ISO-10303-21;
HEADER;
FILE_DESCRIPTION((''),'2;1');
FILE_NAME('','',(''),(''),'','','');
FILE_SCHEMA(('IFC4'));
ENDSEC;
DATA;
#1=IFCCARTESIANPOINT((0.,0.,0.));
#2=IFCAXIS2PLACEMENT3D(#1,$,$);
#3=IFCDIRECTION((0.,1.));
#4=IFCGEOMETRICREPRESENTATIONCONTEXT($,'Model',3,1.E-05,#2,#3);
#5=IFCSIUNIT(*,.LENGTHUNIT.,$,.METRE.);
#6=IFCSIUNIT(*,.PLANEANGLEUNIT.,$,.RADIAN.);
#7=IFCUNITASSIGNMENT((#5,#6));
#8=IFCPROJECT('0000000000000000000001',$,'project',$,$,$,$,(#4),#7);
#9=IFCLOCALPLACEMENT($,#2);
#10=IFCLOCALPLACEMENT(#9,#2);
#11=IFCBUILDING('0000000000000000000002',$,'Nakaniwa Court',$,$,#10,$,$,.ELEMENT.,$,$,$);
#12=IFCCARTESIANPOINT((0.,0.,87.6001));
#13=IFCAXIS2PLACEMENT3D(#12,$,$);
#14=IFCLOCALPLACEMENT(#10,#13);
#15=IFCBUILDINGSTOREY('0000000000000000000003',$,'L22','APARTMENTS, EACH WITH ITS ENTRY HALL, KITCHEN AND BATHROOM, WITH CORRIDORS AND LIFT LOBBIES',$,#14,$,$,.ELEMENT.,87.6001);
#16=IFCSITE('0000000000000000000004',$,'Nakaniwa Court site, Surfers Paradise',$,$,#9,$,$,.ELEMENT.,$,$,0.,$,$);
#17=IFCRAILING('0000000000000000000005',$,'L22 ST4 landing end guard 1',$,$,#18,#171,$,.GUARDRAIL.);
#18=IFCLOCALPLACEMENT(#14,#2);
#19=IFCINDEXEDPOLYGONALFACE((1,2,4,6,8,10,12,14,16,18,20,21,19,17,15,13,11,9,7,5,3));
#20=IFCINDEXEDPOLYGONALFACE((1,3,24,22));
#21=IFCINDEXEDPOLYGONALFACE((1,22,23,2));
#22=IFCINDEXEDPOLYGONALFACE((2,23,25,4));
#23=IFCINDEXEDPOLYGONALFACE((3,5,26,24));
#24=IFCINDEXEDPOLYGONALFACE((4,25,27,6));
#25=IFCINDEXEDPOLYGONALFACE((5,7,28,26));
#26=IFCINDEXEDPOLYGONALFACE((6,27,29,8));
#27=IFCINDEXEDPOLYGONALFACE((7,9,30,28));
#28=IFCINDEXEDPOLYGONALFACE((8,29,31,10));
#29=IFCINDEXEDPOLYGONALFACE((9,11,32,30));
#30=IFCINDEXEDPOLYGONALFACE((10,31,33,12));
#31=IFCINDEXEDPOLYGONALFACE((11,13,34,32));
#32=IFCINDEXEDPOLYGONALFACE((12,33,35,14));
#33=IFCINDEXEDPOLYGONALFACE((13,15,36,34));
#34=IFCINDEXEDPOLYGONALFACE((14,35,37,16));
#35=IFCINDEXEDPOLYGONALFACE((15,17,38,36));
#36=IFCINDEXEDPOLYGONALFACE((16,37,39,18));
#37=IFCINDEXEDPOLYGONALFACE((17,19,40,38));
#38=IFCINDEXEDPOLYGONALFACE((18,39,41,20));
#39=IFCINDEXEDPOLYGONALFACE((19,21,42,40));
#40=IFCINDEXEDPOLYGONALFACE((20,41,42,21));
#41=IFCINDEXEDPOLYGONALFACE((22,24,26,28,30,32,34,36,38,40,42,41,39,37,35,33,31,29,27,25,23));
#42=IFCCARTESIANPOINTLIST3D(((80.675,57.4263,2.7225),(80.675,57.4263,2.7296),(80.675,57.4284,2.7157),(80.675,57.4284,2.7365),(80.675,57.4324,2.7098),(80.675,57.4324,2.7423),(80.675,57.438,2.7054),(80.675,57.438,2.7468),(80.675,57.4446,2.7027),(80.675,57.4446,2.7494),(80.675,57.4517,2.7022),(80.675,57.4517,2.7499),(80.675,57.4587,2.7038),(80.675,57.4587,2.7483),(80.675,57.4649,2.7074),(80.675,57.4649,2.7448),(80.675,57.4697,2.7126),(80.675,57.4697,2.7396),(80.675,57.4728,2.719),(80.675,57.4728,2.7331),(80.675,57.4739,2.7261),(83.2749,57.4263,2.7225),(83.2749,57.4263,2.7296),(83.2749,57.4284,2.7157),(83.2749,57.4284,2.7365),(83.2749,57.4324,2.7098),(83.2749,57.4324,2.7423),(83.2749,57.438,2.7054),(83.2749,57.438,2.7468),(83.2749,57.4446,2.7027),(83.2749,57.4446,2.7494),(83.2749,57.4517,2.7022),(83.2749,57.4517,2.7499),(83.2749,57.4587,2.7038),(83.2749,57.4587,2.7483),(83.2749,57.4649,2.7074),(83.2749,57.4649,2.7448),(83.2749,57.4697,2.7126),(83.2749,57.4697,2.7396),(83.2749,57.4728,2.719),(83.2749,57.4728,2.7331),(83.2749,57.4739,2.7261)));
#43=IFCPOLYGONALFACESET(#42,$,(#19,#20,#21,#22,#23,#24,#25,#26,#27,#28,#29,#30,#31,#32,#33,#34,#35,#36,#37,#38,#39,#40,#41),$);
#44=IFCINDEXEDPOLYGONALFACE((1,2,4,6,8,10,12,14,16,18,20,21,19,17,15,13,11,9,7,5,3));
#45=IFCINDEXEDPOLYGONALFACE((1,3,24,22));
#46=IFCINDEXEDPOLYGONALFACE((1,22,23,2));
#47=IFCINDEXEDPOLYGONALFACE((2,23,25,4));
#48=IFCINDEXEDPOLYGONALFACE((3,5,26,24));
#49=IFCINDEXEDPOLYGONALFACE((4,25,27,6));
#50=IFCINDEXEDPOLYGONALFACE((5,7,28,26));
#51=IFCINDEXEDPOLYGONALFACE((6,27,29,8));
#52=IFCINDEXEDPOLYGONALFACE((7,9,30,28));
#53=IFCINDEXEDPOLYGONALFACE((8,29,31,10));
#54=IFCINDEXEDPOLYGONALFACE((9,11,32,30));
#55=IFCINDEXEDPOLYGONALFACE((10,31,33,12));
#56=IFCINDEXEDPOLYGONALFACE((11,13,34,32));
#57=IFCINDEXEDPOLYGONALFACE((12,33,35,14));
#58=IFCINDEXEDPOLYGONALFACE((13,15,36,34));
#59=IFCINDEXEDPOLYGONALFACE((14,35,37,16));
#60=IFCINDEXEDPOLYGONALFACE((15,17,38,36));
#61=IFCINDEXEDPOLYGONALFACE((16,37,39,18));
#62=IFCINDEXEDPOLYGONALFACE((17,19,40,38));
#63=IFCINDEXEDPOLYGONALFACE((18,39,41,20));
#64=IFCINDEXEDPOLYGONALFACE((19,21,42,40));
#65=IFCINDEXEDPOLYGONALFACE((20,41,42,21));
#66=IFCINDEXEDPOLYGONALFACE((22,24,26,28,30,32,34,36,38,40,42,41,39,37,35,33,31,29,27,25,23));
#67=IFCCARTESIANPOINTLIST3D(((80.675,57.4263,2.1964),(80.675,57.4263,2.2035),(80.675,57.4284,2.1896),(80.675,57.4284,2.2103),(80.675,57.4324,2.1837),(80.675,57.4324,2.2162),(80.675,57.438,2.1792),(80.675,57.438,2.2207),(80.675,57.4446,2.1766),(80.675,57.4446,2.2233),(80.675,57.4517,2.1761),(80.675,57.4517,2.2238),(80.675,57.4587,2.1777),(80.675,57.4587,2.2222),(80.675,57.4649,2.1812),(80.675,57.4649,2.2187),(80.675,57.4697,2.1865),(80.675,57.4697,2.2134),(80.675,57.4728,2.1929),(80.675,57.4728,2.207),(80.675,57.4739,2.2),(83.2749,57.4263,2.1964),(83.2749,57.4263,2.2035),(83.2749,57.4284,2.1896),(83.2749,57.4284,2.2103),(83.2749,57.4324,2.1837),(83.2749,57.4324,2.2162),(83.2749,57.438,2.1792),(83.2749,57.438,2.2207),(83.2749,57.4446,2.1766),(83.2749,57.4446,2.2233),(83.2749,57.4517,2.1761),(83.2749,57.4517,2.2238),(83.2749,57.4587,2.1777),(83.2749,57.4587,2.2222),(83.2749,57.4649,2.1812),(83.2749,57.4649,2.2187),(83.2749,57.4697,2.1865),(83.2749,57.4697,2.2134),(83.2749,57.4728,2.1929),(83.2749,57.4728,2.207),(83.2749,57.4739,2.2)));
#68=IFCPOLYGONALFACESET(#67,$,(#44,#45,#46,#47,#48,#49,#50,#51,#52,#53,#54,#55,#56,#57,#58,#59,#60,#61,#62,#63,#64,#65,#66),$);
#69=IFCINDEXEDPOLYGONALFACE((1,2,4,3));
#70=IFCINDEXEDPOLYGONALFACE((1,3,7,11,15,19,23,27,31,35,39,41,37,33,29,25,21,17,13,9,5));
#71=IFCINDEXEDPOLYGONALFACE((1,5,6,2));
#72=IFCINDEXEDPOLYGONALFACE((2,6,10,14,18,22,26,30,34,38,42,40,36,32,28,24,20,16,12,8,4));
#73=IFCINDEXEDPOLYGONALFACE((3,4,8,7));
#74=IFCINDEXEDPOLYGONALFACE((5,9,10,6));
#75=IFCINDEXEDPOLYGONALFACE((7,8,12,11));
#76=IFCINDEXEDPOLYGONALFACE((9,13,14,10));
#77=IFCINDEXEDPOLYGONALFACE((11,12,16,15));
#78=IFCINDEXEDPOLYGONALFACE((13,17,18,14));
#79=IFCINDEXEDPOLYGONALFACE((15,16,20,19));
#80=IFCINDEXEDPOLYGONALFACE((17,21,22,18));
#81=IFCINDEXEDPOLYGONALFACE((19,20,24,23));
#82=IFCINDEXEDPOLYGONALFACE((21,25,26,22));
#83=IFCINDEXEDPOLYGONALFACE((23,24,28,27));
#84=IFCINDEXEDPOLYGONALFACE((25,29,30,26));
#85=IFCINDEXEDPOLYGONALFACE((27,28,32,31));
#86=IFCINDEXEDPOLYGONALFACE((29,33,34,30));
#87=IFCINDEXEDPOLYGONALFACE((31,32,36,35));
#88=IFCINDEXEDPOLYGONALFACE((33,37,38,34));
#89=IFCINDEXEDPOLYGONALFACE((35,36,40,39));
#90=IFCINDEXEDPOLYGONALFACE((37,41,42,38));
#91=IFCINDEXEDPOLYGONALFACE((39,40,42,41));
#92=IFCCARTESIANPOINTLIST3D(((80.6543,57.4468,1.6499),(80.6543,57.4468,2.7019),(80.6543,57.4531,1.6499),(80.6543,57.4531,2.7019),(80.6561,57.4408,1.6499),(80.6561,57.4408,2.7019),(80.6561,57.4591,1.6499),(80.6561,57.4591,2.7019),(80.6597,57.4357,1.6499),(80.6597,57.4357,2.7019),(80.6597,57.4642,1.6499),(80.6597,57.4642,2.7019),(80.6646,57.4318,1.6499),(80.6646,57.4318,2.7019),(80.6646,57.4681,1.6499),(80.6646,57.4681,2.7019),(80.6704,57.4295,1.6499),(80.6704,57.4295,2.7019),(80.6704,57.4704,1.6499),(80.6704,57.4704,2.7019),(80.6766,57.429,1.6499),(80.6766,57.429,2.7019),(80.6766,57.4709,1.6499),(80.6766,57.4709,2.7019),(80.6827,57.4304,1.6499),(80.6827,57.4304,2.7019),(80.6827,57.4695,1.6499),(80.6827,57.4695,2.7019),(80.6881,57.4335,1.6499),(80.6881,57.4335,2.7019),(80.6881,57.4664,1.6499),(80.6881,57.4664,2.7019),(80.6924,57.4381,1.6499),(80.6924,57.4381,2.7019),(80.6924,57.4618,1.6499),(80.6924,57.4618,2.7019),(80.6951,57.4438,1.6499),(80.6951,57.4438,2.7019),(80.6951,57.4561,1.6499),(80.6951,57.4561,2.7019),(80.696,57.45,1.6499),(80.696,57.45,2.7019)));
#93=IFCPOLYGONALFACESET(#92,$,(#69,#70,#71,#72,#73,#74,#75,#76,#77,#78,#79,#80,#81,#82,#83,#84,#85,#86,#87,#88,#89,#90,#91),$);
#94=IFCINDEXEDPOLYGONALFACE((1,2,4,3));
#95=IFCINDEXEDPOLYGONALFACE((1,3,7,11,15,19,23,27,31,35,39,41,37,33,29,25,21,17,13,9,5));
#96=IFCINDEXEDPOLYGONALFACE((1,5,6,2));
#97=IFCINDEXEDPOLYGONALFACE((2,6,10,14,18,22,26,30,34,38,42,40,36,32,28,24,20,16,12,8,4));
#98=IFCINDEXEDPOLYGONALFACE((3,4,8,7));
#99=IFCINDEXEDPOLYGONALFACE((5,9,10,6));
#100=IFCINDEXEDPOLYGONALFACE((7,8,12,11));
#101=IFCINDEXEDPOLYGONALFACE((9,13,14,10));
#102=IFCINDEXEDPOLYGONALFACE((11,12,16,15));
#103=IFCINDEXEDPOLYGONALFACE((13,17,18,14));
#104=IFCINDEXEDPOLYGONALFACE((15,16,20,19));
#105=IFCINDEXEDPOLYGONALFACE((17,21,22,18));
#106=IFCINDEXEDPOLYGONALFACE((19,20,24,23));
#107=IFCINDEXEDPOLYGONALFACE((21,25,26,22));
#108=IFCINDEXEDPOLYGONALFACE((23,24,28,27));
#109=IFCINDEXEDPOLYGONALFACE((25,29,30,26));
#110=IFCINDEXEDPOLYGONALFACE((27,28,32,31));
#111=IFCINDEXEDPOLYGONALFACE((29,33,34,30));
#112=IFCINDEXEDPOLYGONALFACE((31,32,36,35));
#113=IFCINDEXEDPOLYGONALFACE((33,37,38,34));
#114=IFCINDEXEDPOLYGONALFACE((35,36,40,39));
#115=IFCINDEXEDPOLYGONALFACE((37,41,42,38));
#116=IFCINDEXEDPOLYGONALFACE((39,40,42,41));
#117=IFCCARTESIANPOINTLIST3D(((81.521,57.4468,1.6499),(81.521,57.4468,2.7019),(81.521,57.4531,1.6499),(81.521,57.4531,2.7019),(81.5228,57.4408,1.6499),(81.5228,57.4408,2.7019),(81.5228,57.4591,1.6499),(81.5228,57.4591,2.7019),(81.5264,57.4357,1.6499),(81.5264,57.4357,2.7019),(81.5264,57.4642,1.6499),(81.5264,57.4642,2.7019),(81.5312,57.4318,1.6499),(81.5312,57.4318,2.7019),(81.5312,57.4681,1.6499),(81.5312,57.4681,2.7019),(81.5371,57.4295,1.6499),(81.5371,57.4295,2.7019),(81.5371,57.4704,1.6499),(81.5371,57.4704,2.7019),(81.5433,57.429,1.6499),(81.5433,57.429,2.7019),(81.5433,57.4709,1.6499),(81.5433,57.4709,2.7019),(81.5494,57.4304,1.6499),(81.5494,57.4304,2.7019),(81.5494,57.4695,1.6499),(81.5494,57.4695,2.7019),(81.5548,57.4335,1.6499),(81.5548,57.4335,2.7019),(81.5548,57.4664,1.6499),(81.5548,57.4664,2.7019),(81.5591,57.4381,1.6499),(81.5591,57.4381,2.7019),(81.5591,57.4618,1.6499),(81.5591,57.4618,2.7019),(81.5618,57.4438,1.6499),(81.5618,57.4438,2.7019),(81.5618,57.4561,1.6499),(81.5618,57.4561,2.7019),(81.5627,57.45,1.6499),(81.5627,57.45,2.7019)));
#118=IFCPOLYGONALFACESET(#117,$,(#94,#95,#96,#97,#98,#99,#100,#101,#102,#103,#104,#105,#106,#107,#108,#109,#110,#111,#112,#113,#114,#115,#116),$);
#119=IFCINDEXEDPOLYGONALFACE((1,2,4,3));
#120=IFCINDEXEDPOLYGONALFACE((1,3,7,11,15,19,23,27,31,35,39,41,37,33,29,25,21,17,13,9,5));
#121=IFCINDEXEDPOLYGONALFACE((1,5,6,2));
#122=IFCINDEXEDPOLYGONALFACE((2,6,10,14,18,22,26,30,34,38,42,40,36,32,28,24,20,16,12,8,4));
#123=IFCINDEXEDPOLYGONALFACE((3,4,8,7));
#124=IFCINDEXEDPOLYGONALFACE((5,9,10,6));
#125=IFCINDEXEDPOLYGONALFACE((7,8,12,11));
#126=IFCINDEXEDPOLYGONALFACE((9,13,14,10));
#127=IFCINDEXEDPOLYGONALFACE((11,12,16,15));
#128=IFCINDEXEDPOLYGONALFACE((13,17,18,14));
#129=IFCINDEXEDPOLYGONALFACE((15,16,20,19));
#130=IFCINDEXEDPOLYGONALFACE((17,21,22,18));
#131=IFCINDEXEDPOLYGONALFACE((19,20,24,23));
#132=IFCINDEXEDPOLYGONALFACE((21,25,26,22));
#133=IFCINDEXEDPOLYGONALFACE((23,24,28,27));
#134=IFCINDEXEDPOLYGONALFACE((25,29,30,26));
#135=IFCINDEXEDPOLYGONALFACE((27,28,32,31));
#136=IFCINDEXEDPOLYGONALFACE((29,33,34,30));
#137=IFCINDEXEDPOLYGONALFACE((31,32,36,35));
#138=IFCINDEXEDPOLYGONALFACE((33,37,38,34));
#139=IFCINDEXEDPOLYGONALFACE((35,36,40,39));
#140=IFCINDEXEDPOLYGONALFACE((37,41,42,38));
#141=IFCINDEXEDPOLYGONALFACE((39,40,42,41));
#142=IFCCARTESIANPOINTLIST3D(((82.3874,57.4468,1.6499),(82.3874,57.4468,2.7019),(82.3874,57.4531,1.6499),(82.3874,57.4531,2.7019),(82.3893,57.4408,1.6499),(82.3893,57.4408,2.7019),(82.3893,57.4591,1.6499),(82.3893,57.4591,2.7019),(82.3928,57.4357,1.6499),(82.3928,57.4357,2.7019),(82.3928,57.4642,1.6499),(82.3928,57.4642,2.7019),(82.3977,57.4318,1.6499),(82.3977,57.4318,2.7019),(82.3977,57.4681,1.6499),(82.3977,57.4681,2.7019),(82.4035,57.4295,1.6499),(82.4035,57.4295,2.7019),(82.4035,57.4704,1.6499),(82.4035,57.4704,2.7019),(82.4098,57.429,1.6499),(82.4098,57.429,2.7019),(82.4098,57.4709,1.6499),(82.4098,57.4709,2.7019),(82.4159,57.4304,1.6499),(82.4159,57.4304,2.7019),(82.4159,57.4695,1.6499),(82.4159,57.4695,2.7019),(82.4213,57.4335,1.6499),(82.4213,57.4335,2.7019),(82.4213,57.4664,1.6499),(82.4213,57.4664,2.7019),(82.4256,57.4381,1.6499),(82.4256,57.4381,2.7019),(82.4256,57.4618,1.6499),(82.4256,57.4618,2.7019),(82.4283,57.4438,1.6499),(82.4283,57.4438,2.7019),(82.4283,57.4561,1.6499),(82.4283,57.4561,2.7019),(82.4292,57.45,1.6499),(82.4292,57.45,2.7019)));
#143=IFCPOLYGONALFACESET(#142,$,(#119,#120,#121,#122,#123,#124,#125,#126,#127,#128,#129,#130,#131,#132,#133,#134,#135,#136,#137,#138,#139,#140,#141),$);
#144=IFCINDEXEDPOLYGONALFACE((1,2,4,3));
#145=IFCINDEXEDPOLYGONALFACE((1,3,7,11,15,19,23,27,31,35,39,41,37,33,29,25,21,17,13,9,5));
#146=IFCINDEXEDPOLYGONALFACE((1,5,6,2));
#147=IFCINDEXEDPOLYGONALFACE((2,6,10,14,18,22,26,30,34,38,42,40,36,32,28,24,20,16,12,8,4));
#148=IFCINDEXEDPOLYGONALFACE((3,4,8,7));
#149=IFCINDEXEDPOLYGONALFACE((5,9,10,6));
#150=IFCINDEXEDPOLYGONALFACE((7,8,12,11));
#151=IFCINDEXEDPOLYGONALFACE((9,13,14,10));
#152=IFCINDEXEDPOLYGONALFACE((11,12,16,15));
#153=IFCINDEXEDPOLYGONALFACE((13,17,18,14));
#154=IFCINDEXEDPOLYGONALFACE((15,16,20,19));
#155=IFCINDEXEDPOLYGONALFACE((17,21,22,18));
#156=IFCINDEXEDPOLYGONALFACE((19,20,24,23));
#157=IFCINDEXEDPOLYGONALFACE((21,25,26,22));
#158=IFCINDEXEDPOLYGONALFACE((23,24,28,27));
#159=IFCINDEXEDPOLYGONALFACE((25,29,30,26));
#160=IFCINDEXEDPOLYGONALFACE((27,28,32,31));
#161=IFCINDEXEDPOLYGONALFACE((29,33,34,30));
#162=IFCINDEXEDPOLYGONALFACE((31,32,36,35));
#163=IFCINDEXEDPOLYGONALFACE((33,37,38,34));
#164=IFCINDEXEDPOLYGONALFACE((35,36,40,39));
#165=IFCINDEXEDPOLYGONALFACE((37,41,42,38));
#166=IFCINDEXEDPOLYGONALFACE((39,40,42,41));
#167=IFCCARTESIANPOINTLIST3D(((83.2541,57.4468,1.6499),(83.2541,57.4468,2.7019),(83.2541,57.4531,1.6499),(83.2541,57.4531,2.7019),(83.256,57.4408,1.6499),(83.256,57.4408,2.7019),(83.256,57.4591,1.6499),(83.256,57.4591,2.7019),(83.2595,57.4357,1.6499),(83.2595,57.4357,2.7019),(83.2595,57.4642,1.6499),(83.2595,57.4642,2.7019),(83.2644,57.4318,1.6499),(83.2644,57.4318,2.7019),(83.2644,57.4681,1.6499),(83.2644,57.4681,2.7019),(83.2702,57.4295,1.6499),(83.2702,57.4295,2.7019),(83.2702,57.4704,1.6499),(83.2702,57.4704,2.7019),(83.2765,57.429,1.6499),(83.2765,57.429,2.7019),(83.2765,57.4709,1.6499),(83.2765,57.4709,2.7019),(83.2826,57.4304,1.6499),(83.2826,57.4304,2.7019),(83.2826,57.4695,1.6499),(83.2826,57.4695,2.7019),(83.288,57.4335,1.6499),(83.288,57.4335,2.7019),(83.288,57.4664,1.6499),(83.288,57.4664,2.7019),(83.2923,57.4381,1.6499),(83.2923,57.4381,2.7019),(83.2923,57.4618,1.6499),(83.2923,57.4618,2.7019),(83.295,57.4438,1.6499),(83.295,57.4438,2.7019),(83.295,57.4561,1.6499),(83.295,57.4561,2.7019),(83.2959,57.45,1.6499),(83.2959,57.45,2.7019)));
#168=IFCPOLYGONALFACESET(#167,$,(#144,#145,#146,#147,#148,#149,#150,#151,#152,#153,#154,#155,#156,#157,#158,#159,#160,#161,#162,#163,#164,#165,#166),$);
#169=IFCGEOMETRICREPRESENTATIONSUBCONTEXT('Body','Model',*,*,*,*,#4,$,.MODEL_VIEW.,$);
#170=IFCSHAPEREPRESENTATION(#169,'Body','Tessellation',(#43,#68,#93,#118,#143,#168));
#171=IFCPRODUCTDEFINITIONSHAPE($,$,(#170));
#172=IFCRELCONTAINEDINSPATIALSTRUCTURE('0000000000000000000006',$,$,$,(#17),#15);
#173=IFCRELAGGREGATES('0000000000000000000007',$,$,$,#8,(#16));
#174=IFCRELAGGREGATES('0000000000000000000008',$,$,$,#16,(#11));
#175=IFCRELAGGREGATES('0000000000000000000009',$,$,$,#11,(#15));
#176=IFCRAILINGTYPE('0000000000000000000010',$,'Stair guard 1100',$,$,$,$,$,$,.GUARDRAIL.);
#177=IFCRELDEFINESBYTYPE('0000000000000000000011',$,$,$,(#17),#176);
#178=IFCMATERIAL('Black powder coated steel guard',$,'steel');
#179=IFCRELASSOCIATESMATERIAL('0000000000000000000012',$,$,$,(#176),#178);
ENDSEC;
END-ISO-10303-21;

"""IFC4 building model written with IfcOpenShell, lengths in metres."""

from ifc_helpers import new_model, si_unit, direction, frame, origin, origin_2d, place, context, subcontext, project, spatial, circle, extrude, material, type_object, element, save


model = new_model("IFC4")

# Units and contexts
model_context = context("Model", 3, precision=1e-05, world=origin(), true_north=direction((0.0, 1.0)))
body_context = subcontext(model_context, "Body", "Model", "MODEL_VIEW")
ifc_project = project(units=[si_unit("LENGTHUNIT", "METRE"), si_unit("PLANEANGLEUNIT", "RADIAN")], contexts=[model_context])

# Site, building, storey
site_placement = place(None, origin())
site = spatial("IfcSite", under=ifc_project, at=site_placement, Name="Nakaniwa Court site, Surfers Paradise", CompositionType="ELEMENT", RefElevation=0.0)
building_placement = place(site_placement, origin())
building = spatial("IfcBuilding", under=site, at=building_placement, Name="Nakaniwa Court", CompositionType="ELEMENT")
storey_placement = place(building_placement, frame((0.0, 0.0, 87.6001)))
storey = spatial("IfcBuildingStorey", under=building, at=storey_placement, Name="L22", Description="APARTMENTS, EACH WITH ITS ENTRY HALL, KITCHEN AND BATHROOM, WITH CORRIDORS AND LIFT LOBBIES", CompositionType="ELEMENT", Elevation=87.6001)

# Railing
ifc_material_1 = material(Name="Black powder coated steel guard", Category="steel")
railing_type_1 = type_object("IfcRailingType", Name="Stair guard 1100", PredefinedType="GUARDRAIL", material=ifc_material_1)
railing_1_placement = place(storey_placement, frame((80.675, 57.45, 1.6499)))
element("IfcRailing", 1, at=railing_1_placement, inside=storey, type_object=railing_type_1, Name="L22 ST4 landing end guard 1", PredefinedType="GUARDRAIL", context=body_context, shape_type="SweptSolid", body=[
    extrude(circle(Radius=0.0239, at=origin_2d()), frame((0.0, 0.0, 1.0762), z_axis=(1.0, 0.0, 0.0), x_axis=(0.0, 1.0, 0.0)), (0.0, 0.0, 1.0), 2.5999),
    extrude(circle(Radius=0.0239, at=origin_2d()), frame((0.0, 0.0, 0.55), z_axis=(1.0, 0.0, 0.0), x_axis=(0.0, 1.0, 0.0)), (0.0, 0.0, 1.0), 2.5999),
    extrude(circle(Radius=0.021, at=origin_2d()), origin(), (0.0, 0.0, 1.0), 1.052),
    extrude(circle(Radius=0.021, at=origin_2d()), frame((0.8667, 0.0, 0.0)), (0.0, 0.0, 1.0), 1.052),
    extrude(circle(Radius=0.021, at=origin_2d()), frame((1.7332, 0.0, 0.0)), (0.0, 0.0, 1.0), 1.052),
    extrude(circle(Radius=0.021, at=origin_2d()), frame((2.5999, 0.0, 0.0)), (0.0, 0.0, 1.0), 1.052),
])

save(model, "model.ifc")
